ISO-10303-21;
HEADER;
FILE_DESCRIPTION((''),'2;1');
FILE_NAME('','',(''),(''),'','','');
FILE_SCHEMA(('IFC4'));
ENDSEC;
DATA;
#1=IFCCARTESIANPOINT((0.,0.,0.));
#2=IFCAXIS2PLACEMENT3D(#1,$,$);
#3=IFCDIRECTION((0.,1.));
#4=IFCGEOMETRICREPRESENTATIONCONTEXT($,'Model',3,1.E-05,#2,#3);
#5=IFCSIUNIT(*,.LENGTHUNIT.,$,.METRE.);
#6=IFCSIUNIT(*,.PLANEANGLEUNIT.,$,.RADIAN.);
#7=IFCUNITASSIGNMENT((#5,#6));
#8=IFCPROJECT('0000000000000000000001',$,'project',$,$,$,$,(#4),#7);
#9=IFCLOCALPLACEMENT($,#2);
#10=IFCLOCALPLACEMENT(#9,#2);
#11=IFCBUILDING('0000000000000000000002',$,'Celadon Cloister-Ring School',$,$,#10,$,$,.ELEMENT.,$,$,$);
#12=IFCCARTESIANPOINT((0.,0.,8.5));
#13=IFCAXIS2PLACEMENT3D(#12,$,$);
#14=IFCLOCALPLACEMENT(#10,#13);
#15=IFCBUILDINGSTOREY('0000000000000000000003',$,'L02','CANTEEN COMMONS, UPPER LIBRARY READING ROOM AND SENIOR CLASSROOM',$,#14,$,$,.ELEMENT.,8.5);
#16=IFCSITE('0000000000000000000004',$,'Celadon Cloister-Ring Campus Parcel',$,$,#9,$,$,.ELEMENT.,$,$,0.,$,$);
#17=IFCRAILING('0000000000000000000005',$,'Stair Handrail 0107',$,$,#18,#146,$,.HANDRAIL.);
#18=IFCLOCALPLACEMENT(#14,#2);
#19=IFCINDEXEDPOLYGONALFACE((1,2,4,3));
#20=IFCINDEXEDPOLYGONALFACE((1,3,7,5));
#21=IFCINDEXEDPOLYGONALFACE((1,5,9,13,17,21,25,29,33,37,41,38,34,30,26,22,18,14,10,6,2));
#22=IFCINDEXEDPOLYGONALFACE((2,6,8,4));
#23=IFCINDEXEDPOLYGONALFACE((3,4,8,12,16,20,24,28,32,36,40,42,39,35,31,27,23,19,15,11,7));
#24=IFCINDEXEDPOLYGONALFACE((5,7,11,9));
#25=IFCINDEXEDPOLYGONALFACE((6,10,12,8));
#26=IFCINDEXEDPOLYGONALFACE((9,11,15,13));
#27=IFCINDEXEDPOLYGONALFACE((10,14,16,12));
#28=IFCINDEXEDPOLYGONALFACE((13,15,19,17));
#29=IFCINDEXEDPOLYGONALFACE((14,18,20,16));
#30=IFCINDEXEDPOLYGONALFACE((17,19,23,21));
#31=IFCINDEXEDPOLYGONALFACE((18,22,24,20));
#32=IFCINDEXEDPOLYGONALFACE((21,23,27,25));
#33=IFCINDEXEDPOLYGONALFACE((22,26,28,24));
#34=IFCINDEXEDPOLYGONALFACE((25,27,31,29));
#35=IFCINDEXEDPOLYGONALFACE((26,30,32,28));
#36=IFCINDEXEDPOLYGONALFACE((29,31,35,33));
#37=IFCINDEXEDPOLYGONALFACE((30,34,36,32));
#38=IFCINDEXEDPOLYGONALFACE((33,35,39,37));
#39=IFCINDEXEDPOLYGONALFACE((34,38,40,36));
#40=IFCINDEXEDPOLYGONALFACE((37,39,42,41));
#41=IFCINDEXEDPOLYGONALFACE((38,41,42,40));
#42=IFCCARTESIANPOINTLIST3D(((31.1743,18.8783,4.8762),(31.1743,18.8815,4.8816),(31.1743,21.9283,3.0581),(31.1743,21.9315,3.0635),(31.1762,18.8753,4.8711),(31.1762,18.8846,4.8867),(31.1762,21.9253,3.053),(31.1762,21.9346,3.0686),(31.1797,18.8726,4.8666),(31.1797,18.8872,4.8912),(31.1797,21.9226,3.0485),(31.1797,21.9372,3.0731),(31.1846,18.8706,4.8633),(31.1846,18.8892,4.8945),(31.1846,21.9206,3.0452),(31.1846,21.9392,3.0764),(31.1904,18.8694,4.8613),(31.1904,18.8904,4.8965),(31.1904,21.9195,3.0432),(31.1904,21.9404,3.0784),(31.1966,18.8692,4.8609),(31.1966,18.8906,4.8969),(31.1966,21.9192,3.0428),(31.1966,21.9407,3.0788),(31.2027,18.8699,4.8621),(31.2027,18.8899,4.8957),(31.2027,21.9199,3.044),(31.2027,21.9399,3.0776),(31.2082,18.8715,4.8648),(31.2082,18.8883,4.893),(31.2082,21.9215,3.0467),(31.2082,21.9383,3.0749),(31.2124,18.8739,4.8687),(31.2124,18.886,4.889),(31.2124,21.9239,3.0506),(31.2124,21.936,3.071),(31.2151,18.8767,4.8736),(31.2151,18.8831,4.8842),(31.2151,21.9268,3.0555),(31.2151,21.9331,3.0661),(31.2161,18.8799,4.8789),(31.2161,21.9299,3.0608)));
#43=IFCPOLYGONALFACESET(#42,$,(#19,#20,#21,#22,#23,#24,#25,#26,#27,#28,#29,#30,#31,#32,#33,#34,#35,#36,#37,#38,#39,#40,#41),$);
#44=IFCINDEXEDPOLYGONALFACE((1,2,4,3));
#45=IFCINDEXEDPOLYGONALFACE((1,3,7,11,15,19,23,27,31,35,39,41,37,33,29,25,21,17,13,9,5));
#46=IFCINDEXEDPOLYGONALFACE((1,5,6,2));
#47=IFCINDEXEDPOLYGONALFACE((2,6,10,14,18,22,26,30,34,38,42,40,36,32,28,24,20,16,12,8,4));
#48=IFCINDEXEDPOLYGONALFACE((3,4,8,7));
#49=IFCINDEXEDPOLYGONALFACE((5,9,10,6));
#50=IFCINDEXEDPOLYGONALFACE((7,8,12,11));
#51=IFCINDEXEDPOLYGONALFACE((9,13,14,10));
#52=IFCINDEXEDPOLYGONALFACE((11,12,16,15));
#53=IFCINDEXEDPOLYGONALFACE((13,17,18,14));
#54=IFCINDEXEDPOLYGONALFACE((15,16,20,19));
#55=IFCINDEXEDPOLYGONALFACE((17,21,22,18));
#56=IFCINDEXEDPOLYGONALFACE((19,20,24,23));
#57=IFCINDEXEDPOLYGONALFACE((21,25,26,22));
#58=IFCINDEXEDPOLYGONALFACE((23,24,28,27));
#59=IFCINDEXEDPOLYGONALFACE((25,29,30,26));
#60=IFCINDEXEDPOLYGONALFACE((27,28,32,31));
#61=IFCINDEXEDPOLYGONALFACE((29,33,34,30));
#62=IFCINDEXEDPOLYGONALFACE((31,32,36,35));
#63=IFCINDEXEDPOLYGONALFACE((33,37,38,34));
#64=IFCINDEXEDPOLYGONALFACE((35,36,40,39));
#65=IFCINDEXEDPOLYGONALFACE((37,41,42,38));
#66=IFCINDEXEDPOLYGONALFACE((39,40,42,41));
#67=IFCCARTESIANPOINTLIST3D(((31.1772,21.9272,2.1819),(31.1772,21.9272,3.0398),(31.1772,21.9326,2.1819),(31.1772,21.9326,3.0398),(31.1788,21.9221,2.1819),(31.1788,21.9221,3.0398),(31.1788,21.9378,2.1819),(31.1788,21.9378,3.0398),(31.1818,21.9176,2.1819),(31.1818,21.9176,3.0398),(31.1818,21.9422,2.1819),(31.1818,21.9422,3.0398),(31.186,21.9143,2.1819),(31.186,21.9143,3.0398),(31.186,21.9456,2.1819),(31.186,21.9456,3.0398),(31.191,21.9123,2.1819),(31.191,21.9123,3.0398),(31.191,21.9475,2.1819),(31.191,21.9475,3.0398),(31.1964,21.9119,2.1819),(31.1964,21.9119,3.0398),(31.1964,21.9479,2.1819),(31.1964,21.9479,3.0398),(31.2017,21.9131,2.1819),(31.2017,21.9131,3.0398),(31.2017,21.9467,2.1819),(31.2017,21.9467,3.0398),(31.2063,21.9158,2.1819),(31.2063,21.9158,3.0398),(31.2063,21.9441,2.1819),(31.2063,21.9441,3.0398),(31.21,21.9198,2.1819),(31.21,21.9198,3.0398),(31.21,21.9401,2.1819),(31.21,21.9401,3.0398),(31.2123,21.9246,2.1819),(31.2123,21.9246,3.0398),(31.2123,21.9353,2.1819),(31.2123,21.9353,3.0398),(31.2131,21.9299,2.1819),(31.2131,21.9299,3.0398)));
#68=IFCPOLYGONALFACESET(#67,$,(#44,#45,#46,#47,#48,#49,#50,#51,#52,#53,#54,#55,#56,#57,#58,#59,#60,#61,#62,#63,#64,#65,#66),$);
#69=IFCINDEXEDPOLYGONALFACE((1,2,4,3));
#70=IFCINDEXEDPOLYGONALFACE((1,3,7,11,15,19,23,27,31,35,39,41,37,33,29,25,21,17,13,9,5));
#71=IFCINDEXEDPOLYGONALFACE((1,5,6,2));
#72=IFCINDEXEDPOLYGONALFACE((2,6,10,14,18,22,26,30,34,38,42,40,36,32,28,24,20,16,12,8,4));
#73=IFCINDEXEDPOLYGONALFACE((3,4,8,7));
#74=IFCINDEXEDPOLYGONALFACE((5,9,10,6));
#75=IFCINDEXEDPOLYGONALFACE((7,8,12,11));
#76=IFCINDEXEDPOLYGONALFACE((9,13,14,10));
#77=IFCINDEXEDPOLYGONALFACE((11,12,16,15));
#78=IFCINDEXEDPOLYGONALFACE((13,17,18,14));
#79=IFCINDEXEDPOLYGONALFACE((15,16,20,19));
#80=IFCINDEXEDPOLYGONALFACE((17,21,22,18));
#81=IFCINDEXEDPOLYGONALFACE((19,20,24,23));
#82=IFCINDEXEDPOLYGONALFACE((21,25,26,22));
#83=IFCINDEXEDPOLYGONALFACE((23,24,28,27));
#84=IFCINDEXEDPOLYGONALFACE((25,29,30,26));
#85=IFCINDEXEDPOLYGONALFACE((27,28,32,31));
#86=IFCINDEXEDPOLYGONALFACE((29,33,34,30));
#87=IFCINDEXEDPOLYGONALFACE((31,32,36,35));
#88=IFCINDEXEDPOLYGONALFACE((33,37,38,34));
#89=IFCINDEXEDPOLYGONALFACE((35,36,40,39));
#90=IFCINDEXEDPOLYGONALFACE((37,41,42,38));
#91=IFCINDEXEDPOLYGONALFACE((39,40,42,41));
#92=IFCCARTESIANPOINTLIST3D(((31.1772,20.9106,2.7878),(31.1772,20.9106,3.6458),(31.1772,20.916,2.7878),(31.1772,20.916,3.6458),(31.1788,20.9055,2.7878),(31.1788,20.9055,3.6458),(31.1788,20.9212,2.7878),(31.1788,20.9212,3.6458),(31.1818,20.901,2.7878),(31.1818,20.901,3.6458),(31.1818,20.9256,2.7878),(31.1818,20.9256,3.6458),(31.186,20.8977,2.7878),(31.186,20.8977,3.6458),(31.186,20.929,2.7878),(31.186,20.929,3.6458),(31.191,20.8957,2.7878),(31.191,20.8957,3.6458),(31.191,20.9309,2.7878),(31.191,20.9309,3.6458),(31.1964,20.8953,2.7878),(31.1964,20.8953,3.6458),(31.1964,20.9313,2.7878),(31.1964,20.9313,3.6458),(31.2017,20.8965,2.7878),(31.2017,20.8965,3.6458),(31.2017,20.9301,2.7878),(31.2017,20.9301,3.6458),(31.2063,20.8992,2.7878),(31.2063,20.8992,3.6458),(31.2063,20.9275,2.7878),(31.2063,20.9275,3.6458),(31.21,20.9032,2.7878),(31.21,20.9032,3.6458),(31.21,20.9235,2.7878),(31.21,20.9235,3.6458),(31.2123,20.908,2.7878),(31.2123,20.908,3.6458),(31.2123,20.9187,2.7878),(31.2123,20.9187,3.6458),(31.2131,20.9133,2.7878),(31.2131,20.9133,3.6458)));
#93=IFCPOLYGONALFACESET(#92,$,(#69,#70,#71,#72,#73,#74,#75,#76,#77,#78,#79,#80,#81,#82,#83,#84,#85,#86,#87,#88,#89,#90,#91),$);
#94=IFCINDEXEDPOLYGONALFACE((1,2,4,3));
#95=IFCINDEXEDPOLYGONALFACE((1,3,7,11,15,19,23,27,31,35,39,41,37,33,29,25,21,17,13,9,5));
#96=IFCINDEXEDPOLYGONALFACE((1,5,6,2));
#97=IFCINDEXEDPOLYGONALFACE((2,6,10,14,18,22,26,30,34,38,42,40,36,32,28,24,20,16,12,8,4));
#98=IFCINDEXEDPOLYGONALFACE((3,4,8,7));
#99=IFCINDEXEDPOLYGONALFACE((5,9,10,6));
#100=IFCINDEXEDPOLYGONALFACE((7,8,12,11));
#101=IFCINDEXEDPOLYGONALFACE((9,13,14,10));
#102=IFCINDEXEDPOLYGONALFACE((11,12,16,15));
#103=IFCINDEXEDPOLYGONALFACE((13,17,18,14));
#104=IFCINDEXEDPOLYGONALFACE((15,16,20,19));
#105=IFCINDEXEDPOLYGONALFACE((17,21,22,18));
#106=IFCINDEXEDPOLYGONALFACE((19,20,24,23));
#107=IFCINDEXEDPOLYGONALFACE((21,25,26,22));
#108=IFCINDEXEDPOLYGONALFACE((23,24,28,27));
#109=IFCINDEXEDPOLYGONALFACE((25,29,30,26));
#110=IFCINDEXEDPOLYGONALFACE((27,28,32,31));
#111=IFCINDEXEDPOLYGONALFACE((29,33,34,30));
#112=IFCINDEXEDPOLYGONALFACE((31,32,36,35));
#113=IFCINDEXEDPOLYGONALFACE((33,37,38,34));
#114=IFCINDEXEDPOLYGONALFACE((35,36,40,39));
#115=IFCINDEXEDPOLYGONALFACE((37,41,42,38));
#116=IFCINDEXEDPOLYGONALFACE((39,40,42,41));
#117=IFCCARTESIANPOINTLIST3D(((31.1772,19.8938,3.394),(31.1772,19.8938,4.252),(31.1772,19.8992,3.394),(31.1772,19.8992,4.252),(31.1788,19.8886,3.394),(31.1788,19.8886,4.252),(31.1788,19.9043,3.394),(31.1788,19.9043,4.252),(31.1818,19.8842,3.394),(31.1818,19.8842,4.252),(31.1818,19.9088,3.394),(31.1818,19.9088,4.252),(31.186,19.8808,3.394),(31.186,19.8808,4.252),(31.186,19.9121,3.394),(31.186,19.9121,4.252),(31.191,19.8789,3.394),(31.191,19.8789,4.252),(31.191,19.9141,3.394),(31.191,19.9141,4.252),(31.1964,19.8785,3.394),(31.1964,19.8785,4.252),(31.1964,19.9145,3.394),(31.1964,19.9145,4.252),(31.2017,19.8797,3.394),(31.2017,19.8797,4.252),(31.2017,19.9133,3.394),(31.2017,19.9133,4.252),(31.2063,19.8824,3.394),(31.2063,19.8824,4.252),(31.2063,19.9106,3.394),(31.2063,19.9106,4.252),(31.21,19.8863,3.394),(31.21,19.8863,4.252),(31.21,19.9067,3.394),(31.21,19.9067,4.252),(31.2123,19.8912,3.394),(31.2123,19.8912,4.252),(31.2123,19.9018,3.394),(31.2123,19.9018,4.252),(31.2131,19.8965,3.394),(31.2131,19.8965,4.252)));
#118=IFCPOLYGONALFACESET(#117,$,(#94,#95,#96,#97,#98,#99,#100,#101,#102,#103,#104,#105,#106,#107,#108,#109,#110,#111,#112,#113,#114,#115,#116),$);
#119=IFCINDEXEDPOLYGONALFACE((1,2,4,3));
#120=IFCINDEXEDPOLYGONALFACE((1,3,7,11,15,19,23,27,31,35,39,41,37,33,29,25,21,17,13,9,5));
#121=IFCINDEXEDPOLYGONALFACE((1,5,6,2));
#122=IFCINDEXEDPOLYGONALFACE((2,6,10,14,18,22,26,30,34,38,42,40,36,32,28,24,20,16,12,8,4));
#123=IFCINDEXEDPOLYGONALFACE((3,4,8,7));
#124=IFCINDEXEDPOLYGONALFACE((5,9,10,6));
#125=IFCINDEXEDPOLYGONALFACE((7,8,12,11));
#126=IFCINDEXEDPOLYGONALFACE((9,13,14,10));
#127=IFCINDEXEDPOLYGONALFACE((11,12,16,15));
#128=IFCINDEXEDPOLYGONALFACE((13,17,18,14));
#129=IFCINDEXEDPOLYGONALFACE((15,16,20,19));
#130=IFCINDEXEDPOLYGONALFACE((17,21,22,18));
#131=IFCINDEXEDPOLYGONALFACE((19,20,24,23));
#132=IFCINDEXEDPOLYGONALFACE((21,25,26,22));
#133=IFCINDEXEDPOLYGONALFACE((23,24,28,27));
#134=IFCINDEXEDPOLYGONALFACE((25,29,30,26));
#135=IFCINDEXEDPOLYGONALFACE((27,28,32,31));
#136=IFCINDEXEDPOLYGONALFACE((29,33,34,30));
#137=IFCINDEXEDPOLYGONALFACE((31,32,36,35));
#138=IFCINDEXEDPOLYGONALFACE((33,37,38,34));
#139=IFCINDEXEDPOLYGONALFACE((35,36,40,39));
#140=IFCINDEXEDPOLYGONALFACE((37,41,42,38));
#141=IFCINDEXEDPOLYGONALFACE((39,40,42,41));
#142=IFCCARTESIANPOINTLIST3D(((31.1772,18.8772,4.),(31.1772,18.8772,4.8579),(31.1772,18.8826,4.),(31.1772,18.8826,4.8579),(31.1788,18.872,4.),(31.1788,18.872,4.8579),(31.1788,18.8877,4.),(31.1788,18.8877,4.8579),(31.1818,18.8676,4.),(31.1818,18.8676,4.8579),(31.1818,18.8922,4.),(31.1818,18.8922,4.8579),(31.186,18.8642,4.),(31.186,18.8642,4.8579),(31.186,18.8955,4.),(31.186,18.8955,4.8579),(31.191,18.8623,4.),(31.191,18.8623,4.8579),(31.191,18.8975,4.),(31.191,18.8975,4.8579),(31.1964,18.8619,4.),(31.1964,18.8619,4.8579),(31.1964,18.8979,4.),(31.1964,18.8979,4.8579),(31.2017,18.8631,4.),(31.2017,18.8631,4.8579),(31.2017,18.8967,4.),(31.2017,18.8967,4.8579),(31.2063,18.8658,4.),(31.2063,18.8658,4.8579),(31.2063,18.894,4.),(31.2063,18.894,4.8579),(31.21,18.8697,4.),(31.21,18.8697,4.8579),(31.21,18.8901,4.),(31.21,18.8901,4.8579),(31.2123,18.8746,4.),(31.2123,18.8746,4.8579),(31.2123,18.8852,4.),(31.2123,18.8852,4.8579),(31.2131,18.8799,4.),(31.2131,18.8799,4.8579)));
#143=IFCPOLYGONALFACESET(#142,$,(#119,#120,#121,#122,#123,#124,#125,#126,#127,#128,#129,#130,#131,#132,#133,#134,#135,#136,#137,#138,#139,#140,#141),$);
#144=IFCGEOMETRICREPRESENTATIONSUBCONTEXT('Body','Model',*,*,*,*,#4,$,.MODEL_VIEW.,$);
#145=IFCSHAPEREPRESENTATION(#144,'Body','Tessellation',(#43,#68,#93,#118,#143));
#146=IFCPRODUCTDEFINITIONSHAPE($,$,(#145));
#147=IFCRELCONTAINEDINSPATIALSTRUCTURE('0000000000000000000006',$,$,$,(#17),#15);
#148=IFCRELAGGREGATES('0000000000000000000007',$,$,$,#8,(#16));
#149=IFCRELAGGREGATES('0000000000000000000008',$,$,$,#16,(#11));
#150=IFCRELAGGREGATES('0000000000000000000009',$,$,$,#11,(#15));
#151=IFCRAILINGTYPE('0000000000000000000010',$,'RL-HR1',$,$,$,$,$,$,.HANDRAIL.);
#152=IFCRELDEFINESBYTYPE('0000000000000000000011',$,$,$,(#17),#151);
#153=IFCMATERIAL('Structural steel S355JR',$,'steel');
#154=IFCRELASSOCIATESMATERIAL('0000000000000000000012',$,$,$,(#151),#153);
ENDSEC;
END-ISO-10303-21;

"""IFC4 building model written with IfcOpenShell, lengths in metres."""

from ifc_helpers import new_model, si_unit, direction, frame, origin, origin_2d, place, context, subcontext, project, spatial, circle, extrude, material, type_object, element, save


model = new_model("IFC4")

# Units and contexts
model_context = context("Model", 3, precision=1e-05, world=origin(), true_north=direction((0.0, 1.0)))
body_context = subcontext(model_context, "Body", "Model", "MODEL_VIEW")
ifc_project = project(units=[si_unit("LENGTHUNIT", "METRE"), si_unit("PLANEANGLEUNIT", "RADIAN")], contexts=[model_context])

# Site, building, storey
site_placement = place(None, origin())
site = spatial("IfcSite", under=ifc_project, at=site_placement, Name="Celadon Cloister-Ring Campus Parcel", CompositionType="ELEMENT", RefElevation=0.0)
building_placement = place(site_placement, origin())
building = spatial("IfcBuilding", under=site, at=building_placement, Name="Celadon Cloister-Ring School", CompositionType="ELEMENT")
storey_placement = place(building_placement, frame((0.0, 0.0, 8.5)))
storey = spatial("IfcBuildingStorey", under=building, at=storey_placement, Name="L02", Description="CANTEEN COMMONS, UPPER LIBRARY READING ROOM AND SENIOR CLASSROOM", CompositionType="ELEMENT", Elevation=8.5)

# Railing
ifc_material_1 = material(Name="Structural steel S355JR", Category="steel")
railing_type_1 = type_object("IfcRailingType", Name="RL-HR1", PredefinedType="HANDRAIL", material=ifc_material_1)
for number, where, name in (
    (1, (31.1951, 21.9299, 2.1819), "Stair Handrail 0107"),
):
    element("IfcRailing", number, at=place(storey_placement, frame(where)), inside=storey, type_object=railing_type_1, Name=name, PredefinedType="HANDRAIL", context=body_context, shape_type="SweptSolid", body=[
        extrude(circle(Radius=0.021, at=origin_2d()), frame((0.0, 0.0, 0.8789), z_axis=(0.0, -0.85897, 0.512026), x_axis=(1.0, 0.0, 0.0)), (0.0, 0.0, 1.0), 3.5508),
        extrude(circle(Radius=0.0181, at=origin_2d()), origin(), (0.0, 0.0, 1.0), 0.8579),
        extrude(circle(Radius=0.0181, at=origin_2d()), frame((0.0, -1.0166, 0.606)), (0.0, 0.0, 1.0), 0.8579),
        extrude(circle(Radius=0.0181, at=origin_2d()), frame((0.0, -2.0334, 1.2122)), (0.0, 0.0, 1.0), 0.8579),
        extrude(circle(Radius=0.0181, at=origin_2d()), frame((0.0, -3.05, 1.8181)), (0.0, 0.0, 1.0), 0.8579),
    ])

save(model, "model.ifc")
